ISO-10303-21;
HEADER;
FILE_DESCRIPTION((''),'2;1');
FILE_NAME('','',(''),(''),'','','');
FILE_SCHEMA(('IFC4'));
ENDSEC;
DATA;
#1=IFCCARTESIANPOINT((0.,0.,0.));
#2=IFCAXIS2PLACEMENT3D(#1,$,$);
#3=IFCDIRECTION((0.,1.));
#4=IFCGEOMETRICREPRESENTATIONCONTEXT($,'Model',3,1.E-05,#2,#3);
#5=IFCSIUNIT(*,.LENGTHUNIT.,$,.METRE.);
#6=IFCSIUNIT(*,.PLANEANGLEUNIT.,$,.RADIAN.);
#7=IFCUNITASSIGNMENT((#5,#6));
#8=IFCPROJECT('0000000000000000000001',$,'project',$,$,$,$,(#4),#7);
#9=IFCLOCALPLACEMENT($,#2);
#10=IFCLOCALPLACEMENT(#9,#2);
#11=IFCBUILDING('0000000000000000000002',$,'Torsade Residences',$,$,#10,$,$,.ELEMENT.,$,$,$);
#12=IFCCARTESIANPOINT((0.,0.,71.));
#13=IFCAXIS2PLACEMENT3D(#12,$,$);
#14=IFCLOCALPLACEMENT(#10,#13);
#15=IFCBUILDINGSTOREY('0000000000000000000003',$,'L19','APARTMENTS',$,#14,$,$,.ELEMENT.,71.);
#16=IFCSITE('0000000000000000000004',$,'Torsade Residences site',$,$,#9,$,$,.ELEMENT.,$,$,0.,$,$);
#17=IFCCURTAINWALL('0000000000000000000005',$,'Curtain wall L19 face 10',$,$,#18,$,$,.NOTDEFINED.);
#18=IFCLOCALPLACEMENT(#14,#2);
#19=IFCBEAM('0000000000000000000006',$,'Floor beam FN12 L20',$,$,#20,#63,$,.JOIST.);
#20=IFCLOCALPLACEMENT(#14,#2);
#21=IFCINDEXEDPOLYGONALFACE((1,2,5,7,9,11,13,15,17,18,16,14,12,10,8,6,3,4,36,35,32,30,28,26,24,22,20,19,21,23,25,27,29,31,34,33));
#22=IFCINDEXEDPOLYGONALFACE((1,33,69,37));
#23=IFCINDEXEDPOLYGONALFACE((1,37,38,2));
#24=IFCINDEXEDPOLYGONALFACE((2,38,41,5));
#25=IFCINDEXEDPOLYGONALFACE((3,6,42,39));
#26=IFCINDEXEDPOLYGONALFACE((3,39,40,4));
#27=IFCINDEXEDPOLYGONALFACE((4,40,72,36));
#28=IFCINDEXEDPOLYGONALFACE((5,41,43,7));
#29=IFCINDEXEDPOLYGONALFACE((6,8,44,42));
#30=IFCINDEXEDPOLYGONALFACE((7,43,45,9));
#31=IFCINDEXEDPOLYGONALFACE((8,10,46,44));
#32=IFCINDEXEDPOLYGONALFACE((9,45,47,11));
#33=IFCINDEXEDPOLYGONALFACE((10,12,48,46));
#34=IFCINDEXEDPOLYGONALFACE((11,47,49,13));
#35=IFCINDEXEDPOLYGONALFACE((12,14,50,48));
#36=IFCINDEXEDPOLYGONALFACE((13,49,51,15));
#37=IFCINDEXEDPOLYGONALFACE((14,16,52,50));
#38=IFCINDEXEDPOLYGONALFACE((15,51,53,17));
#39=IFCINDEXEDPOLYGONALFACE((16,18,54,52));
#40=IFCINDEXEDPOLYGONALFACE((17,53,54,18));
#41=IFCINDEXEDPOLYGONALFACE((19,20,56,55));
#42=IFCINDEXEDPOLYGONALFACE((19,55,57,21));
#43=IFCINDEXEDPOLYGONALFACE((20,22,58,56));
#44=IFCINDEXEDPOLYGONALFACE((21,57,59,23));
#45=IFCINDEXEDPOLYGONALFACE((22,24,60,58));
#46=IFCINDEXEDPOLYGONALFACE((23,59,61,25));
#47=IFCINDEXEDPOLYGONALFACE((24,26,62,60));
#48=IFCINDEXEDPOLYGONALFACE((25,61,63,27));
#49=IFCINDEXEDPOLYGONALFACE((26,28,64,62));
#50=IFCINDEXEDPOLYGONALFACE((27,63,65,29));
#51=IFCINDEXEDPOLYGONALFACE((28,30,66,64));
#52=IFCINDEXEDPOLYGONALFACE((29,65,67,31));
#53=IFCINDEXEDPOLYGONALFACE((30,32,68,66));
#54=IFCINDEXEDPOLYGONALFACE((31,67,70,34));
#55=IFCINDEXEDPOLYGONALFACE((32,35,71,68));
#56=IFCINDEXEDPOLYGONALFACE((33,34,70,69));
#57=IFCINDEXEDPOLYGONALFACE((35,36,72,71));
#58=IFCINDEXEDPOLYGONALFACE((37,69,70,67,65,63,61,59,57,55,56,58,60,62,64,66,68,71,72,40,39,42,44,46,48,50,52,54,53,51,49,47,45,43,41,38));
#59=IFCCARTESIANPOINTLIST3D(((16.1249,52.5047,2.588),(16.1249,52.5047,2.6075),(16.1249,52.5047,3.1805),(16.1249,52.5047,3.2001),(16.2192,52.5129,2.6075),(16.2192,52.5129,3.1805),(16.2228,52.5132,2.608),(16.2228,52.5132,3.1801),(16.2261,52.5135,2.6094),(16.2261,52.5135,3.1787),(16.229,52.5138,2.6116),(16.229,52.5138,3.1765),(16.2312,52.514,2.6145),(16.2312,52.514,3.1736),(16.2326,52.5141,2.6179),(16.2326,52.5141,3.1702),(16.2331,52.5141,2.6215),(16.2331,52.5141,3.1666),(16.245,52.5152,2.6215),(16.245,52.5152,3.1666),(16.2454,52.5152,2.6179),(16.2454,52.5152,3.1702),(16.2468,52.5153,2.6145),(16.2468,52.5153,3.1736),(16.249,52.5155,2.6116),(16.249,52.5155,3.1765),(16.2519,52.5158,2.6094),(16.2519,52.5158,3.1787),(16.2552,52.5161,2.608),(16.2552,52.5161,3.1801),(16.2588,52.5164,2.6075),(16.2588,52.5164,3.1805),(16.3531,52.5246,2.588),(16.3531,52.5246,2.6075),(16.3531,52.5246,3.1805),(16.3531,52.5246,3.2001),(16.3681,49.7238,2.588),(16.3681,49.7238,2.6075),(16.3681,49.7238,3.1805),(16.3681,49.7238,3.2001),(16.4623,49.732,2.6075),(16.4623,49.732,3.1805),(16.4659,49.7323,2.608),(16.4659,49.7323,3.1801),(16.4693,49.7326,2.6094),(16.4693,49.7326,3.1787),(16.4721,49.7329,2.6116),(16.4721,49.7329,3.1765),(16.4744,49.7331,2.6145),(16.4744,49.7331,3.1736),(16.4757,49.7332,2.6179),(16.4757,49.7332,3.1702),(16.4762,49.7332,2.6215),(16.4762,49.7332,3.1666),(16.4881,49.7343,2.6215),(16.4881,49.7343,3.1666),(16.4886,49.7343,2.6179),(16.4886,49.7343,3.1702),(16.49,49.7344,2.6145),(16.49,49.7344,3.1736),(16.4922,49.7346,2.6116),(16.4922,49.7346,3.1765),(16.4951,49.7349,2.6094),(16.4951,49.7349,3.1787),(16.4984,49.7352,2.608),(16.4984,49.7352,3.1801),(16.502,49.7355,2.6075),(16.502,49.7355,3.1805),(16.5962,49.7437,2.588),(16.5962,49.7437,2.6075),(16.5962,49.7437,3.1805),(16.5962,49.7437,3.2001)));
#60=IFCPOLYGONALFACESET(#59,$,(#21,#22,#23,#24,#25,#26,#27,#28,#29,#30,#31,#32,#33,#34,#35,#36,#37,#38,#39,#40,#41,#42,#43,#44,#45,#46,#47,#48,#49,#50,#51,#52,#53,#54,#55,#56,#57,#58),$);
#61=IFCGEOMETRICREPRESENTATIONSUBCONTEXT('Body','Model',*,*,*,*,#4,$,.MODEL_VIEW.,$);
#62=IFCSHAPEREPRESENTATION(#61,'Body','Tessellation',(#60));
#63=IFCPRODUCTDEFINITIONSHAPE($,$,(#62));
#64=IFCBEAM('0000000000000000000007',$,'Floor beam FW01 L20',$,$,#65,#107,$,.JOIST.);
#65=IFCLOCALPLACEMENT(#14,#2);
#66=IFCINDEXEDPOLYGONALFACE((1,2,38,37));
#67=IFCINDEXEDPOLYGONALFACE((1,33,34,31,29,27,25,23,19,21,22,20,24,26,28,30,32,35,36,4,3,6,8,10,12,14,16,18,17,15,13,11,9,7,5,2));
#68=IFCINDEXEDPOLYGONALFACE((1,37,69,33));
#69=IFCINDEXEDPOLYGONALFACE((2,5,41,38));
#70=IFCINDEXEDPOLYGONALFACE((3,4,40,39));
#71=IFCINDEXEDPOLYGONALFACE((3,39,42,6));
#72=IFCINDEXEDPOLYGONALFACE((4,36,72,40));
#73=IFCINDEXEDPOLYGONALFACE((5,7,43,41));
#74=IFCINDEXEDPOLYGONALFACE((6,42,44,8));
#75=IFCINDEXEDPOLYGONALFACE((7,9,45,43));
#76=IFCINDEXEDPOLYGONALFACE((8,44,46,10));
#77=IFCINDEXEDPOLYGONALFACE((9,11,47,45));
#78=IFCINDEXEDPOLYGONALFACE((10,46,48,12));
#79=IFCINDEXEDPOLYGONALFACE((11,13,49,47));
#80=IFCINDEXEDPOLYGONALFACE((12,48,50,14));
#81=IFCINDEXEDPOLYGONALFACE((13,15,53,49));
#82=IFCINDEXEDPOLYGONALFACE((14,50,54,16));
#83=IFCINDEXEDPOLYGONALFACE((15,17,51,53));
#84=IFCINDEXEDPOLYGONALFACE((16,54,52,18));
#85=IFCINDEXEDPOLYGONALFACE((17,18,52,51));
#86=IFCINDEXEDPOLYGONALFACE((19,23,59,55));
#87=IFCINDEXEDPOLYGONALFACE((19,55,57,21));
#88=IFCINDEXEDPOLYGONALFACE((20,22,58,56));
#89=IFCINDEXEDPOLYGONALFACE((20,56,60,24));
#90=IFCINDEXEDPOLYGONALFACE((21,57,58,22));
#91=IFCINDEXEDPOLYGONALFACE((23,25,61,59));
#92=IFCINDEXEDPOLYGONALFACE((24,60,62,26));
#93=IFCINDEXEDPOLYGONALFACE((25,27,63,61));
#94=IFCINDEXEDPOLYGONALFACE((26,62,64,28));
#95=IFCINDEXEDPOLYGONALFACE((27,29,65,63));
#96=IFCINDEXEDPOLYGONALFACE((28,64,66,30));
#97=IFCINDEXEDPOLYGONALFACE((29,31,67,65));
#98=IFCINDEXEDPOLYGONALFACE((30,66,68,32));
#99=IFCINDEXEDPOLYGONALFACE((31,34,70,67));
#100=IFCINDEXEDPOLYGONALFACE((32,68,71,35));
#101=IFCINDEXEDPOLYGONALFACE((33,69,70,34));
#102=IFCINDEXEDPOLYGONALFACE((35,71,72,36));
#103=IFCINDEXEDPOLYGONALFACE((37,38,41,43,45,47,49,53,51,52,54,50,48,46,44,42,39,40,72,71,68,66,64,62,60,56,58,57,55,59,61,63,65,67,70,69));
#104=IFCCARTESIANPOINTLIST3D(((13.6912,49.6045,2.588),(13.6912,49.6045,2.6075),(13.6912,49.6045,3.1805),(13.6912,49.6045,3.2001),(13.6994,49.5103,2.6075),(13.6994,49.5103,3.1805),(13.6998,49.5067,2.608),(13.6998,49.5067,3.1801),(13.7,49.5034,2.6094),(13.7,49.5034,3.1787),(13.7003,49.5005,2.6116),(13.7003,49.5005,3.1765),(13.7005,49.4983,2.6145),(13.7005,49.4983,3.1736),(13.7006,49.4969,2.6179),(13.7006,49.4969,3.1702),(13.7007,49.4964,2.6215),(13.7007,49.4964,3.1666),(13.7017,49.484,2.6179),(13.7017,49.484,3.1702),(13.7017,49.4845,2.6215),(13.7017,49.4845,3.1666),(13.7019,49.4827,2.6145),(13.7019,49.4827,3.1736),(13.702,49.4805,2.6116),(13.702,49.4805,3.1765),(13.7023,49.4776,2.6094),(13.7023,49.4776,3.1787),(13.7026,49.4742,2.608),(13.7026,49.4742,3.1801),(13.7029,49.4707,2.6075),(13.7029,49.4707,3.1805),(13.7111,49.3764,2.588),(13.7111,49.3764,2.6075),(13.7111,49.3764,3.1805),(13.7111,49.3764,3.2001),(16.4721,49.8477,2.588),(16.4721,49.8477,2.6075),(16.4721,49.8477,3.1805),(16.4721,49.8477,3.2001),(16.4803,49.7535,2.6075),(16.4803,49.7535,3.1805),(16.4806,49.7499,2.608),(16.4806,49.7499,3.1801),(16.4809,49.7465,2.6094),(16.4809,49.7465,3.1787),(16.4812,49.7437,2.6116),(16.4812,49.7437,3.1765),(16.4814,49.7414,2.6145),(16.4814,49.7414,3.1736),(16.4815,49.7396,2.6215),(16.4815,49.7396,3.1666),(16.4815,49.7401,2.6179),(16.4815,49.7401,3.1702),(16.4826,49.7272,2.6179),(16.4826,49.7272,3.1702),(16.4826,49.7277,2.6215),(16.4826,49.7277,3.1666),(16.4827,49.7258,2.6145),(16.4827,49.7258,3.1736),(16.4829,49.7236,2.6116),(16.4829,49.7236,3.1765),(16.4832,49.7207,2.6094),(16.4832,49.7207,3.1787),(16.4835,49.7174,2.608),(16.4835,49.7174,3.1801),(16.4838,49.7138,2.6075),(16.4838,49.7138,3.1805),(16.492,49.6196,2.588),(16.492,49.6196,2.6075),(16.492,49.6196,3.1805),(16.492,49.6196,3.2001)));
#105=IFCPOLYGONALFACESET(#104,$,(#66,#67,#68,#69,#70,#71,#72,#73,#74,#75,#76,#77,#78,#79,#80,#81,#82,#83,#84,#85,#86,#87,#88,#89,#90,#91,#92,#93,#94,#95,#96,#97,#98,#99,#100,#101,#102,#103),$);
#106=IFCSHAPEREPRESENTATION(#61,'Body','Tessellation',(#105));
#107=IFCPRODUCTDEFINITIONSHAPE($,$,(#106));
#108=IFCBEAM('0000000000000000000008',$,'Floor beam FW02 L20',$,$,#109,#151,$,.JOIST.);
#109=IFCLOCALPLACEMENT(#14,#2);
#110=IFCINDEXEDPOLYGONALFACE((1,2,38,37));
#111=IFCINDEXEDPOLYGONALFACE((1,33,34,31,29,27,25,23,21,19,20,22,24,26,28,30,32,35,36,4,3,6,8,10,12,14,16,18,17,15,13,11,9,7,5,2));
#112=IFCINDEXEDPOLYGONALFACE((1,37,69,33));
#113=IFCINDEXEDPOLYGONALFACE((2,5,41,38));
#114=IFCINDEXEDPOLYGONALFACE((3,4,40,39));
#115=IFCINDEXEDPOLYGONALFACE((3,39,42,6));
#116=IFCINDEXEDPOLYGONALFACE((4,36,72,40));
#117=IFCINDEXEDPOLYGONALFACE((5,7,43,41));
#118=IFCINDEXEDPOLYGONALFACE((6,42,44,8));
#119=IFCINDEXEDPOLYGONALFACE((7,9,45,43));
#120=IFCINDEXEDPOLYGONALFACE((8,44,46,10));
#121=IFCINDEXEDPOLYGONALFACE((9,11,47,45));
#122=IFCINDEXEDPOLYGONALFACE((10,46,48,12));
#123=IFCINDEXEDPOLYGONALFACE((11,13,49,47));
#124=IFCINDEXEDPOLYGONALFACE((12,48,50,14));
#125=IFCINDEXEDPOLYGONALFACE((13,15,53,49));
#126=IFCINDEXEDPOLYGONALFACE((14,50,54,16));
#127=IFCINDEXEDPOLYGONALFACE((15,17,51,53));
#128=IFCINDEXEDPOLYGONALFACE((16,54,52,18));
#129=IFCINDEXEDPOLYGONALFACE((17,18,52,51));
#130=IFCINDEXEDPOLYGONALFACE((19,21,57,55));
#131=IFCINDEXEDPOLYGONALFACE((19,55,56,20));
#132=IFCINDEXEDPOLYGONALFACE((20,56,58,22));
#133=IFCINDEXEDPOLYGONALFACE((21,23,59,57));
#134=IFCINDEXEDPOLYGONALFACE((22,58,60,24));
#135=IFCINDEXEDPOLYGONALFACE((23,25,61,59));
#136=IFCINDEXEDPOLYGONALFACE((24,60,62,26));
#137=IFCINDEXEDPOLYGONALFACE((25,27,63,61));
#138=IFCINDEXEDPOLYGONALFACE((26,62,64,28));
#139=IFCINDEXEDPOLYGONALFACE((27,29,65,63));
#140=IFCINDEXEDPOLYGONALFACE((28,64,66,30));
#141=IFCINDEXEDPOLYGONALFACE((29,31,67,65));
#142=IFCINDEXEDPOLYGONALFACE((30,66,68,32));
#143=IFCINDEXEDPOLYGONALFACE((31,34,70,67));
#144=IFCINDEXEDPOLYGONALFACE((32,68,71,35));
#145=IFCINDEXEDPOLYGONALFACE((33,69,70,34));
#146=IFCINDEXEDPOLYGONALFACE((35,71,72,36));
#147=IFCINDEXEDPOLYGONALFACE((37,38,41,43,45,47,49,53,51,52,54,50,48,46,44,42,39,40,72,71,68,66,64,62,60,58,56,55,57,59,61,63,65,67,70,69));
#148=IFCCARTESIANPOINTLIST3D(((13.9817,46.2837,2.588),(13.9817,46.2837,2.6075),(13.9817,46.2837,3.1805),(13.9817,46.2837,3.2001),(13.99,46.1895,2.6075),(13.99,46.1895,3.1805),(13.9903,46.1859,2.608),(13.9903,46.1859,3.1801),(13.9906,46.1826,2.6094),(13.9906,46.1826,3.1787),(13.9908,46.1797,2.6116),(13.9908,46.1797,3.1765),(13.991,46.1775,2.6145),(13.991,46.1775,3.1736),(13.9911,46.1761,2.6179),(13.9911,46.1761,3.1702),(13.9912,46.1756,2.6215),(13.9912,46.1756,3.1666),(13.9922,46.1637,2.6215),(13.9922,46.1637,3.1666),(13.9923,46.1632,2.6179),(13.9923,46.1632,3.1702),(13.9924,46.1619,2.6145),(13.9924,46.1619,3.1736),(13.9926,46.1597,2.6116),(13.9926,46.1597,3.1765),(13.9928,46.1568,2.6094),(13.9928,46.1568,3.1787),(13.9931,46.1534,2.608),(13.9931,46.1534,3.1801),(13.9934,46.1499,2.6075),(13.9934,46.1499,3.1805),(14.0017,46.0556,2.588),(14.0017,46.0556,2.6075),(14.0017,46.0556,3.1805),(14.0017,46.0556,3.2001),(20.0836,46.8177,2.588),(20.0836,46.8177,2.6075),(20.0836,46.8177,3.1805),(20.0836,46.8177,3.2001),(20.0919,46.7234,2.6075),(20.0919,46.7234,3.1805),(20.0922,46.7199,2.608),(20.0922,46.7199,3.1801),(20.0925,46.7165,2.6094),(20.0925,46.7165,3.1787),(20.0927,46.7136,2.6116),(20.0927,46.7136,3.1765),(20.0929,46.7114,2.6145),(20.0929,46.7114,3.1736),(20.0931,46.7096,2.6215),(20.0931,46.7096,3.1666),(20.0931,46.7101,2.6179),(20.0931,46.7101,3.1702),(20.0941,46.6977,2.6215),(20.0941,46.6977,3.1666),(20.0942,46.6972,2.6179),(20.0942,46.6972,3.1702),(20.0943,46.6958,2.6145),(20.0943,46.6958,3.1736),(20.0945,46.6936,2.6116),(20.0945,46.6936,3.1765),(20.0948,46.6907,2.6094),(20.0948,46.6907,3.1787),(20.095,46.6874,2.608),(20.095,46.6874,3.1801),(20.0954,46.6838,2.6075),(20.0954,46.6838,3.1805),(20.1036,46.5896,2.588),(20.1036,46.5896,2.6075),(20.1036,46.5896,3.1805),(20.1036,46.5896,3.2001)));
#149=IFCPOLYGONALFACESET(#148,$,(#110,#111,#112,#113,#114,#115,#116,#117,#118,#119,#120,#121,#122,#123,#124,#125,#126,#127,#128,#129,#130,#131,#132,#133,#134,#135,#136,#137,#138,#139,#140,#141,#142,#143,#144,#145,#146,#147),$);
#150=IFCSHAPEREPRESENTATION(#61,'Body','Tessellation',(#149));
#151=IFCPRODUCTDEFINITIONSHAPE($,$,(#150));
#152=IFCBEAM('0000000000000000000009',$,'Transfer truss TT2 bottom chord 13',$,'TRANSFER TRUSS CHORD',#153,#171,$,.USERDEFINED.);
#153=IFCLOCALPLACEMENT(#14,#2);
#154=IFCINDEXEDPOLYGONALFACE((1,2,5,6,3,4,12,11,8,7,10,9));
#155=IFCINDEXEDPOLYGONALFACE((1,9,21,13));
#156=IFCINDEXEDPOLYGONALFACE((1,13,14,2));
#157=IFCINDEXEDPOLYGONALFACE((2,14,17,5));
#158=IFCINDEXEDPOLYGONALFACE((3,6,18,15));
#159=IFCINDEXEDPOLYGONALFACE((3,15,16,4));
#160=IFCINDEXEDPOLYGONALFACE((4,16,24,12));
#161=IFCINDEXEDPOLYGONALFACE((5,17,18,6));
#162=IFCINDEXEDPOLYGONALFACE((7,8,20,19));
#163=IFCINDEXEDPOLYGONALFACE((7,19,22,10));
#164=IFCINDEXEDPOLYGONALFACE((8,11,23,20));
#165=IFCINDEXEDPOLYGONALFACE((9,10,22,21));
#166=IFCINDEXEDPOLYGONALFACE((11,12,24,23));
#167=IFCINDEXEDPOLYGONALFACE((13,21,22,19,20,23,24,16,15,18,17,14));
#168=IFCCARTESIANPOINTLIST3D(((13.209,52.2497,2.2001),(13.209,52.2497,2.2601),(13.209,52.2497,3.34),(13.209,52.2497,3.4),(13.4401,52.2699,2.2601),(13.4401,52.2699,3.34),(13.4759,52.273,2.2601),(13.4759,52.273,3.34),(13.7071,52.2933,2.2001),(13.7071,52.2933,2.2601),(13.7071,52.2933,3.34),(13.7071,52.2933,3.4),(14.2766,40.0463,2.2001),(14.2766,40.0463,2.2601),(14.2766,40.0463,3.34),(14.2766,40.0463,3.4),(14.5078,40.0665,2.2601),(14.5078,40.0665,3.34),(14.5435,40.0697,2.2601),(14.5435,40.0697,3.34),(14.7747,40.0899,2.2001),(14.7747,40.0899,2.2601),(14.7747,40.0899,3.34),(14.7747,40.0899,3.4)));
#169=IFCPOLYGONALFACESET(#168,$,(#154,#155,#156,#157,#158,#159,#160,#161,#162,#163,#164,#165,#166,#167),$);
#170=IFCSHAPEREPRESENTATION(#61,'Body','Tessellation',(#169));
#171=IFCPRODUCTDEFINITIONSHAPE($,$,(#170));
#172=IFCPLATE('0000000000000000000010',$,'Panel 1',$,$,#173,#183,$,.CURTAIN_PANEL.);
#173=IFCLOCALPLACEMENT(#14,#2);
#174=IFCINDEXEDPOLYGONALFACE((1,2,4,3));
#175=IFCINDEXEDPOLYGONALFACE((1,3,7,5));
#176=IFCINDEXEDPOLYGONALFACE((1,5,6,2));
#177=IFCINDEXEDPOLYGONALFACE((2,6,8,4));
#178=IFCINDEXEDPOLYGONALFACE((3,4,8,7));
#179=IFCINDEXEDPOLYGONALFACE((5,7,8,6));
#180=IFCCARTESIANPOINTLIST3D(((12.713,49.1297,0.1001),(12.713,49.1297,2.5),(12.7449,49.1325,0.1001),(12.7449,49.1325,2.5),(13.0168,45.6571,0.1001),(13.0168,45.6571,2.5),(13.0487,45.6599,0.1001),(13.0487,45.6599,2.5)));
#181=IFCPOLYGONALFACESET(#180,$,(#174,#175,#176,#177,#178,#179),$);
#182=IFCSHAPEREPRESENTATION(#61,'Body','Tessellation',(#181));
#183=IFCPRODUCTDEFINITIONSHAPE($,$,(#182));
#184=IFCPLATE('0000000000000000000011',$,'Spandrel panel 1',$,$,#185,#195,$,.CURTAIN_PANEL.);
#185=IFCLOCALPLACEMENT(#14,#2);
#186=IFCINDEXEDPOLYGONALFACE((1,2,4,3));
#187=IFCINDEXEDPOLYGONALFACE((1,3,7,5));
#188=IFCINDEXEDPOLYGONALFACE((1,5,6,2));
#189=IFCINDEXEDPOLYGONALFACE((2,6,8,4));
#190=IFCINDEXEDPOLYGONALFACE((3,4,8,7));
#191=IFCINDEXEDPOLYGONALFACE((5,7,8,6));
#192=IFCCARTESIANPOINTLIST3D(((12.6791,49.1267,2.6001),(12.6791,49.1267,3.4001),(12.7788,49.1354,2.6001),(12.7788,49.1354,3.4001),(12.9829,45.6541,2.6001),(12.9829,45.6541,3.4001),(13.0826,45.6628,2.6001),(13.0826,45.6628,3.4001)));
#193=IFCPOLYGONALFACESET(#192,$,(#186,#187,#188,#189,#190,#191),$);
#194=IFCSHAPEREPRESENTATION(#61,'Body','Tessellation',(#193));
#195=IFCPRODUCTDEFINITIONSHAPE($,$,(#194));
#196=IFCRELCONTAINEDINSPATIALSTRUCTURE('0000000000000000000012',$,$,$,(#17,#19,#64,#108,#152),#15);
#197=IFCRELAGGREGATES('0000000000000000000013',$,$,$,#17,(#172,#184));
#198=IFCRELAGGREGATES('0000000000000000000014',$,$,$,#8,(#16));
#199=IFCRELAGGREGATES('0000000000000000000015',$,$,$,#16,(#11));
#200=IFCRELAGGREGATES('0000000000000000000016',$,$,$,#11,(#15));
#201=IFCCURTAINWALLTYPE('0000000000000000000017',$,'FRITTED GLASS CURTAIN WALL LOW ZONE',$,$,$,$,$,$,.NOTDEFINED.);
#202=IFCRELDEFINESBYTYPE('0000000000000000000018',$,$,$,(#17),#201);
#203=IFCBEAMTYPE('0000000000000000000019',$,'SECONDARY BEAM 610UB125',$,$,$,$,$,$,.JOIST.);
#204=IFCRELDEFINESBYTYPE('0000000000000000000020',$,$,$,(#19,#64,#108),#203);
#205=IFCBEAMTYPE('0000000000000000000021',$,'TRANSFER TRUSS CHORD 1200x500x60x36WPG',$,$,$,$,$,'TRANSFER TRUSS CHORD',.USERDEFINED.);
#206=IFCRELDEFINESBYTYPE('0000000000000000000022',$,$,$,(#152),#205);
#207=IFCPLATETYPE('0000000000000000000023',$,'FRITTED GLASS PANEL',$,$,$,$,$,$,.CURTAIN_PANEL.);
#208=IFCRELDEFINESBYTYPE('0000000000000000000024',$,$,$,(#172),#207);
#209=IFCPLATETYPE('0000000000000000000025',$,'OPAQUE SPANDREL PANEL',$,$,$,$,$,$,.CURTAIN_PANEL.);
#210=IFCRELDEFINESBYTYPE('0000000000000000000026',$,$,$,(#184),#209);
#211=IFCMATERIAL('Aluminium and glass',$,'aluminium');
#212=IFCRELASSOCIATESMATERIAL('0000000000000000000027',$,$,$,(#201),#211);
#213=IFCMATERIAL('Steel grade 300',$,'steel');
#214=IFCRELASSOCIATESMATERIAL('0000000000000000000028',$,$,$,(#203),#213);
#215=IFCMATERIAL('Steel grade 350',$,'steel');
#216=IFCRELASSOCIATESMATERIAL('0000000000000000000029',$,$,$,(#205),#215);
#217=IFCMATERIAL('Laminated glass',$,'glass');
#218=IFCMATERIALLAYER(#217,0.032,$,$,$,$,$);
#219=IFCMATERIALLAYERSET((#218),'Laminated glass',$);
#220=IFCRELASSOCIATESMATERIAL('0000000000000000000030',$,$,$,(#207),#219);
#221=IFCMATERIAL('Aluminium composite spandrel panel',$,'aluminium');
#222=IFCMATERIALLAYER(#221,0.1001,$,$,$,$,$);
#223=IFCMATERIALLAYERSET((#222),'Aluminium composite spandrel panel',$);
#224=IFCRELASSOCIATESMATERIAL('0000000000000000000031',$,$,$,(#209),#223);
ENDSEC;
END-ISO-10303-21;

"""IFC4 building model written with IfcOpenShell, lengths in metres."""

from ifc_helpers import new_model, si_unit, direction, frame, origin, origin_2d, place, context, subcontext, project, spatial, rectangle, i_section, extrude, material, layer, layer_set, material_profile, profile_set, type_object, element, aggregate, save


model = new_model("IFC4")

# Units and contexts
model_context = context("Model", 3, precision=1e-05, world=origin(), true_north=direction((0.0, 1.0)))
body_context = subcontext(model_context, "Body", "Model", "MODEL_VIEW")
ifc_project = project(units=[si_unit("LENGTHUNIT", "METRE"), si_unit("PLANEANGLEUNIT", "RADIAN")], contexts=[model_context])

# Site, building, storey
site_placement = place(None, origin())
site = spatial("IfcSite", under=ifc_project, at=site_placement, Name="Torsade Residences site", CompositionType="ELEMENT", RefElevation=0.0)
building_placement = place(site_placement, origin())
building = spatial("IfcBuilding", under=site, at=building_placement, Name="Torsade Residences", CompositionType="ELEMENT")
storey_placement = place(building_placement, frame((0.0, 0.0, 71.0)))
storey = spatial("IfcBuildingStorey", under=building, at=storey_placement, Name="L19", Description="APARTMENTS", CompositionType="ELEMENT", Elevation=71.0)

# Curtain wall
ifc_material_1 = material(Name="Aluminium and glass", Category="aluminium")
curtain_wall_type = type_object("IfcCurtainWallType", Name="FRITTED GLASS CURTAIN WALL LOW ZONE", PredefinedType="NOTDEFINED", material=ifc_material_1)
curtain_wall_placement = place(storey_placement, origin())
curtain_wall = element("IfcCurtainWall", 1, at=curtain_wall_placement, inside=storey, type_object=curtain_wall_type, Name="Curtain wall L19 face 10", PredefinedType="NOTDEFINED")

# Beams
ifc_material_2 = material(Name="Steel grade 300", Category="steel")
ifc_material_profile_1 = material_profile(ifc_material_2, i_section(OverallWidth=0.229, OverallDepth=0.6121, WebThickness=0.012, FlangeThickness=0.0195, FilletRadius=0.0139, at=origin_2d()), Name="610UB125")
ifc_profile_set_1 = profile_set([ifc_material_profile_1], Name="Steel grade 300")
beam_type_1 = type_object("IfcBeamType", Name="SECONDARY BEAM 610UB125", PredefinedType="JOIST", material=ifc_profile_set_1)
for number, where, z_axis, x_axis, name in (
    (2, (16.239, 52.5146, 2.894), (0.087105, -0.996199, 0.0), (0.996199, 0.087105, 0.0), "Floor beam FN12 L20"),
    (3, (13.7012, 49.4905, 2.894), (0.996199, 0.087105, 0.0), (-0.087105, 0.996199, 0.0), "Floor beam FW01 L20"),
):
    element("IfcBeam", number, at=place(storey_placement, frame(where, z_axis=z_axis, x_axis=x_axis)), inside=storey, type_object=beam_type_1, Name=name, PredefinedType="JOIST", context=body_context, shape_type="SweptSolid", body=[
        extrude(i_section(OverallWidth=0.229, OverallDepth=0.6121, WebThickness=0.012, FlangeThickness=0.0195, FilletRadius=0.0139, at=origin_2d()), origin(), (0.0, 0.0, 1.0), 2.7915),
    ])
beam_1_placement = place(storey_placement, frame((13.9917, 46.1697, 2.894), z_axis=(0.996193, 0.087171, 0.0), x_axis=(-0.087171, 0.996193, 0.0)))
element("IfcBeam", 4, at=beam_1_placement, inside=storey, type_object=beam_type_1, Name="Floor beam FW02 L20", PredefinedType="JOIST", context=body_context, shape_type="SweptSolid", body=[
    extrude(i_section(OverallWidth=0.229, OverallDepth=0.6121, WebThickness=0.012, FlangeThickness=0.0195, FilletRadius=0.0139, at=origin_2d()), origin(), (0.0, 0.0, 1.0), 6.1252),
])
ifc_material_3 = material(Name="Steel grade 350", Category="steel")
ifc_material_profile_2 = material_profile(ifc_material_3, i_section(OverallWidth=0.5, OverallDepth=1.2, WebThickness=0.0359, FlangeThickness=0.0601, at=origin_2d()), Name="1200x500x60x36WPG")
ifc_profile_set_2 = profile_set([ifc_material_profile_2], Name="Steel grade 350")
beam_type_2 = type_object("IfcBeamType", Name="TRANSFER TRUSS CHORD 1200x500x60x36WPG", ElementType="TRANSFER TRUSS CHORD", PredefinedType="USERDEFINED", material=ifc_profile_set_2)
beam_2_placement = place(storey_placement, frame((13.458, 52.2715, 2.8), z_axis=(0.087153, -0.996195, 0.0), x_axis=(0.996195, 0.087153, 0.0)))
element("IfcBeam", 5, at=beam_2_placement, inside=storey, type_object=beam_type_2, Name="Transfer truss TT2 bottom chord 13", ObjectType="TRANSFER TRUSS CHORD", PredefinedType="USERDEFINED", context=body_context, shape_type="SweptSolid", body=[
    extrude(i_section(OverallWidth=0.5, OverallDepth=1.2, WebThickness=0.0359, FlangeThickness=0.0601, at=origin_2d()), origin(), (0.0, 0.0, 1.0), 12.25),
])

# Plates
ifc_material_4 = material(Name="Laminated glass", Category="glass")
ifc_layer_1 = layer(ifc_material_4, 0.032)
ifc_layer_set_1 = layer_set([ifc_layer_1], Name="Laminated glass")
plate_type_1 = type_object("IfcPlateType", Name="FRITTED GLASS PANEL", PredefinedType="CURTAIN_PANEL", material=ifc_layer_set_1)
plate_1_placement = place(storey_placement, frame((12.8809, 47.3948, 0.1001), z_axis=(0.0, 0.0, 1.0), x_axis=(0.087156, -0.996195, 0.0)))
plate_1 = element("IfcPlate", 6, at=plate_1_placement, type_object=plate_type_1, Name="Panel 1", PredefinedType="CURTAIN_PANEL", context=body_context, shape_type="SweptSolid", body=[
    extrude(rectangle(XDim=3.4858, YDim=0.032, at=origin_2d()), origin(), (0.0, 0.0, 1.0), 2.3999),
])
ifc_material_5 = material(Name="Aluminium composite spandrel panel", Category="aluminium")
ifc_layer_2 = layer(ifc_material_5, 0.1001)
ifc_layer_set_2 = layer_set([ifc_layer_2], Name="Aluminium composite spandrel panel")
plate_type_2 = type_object("IfcPlateType", Name="OPAQUE SPANDREL PANEL", PredefinedType="CURTAIN_PANEL", material=ifc_layer_set_2)
plate_2_placement = place(storey_placement, frame((12.8809, 47.3948, 2.6001), z_axis=(0.0, 0.0, 1.0), x_axis=(0.087156, -0.996195, 0.0)))
plate_2 = element("IfcPlate", 7, at=plate_2_placement, type_object=plate_type_2, Name="Spandrel panel 1", PredefinedType="CURTAIN_PANEL", context=body_context, shape_type="SweptSolid", body=[
    extrude(rectangle(XDim=3.4858, YDim=0.1001, at=origin_2d()), origin(), (0.0, 0.0, 1.0), 0.8),
])
aggregate(curtain_wall, [plate_1, plate_2])

save(model, "model.ifc")
